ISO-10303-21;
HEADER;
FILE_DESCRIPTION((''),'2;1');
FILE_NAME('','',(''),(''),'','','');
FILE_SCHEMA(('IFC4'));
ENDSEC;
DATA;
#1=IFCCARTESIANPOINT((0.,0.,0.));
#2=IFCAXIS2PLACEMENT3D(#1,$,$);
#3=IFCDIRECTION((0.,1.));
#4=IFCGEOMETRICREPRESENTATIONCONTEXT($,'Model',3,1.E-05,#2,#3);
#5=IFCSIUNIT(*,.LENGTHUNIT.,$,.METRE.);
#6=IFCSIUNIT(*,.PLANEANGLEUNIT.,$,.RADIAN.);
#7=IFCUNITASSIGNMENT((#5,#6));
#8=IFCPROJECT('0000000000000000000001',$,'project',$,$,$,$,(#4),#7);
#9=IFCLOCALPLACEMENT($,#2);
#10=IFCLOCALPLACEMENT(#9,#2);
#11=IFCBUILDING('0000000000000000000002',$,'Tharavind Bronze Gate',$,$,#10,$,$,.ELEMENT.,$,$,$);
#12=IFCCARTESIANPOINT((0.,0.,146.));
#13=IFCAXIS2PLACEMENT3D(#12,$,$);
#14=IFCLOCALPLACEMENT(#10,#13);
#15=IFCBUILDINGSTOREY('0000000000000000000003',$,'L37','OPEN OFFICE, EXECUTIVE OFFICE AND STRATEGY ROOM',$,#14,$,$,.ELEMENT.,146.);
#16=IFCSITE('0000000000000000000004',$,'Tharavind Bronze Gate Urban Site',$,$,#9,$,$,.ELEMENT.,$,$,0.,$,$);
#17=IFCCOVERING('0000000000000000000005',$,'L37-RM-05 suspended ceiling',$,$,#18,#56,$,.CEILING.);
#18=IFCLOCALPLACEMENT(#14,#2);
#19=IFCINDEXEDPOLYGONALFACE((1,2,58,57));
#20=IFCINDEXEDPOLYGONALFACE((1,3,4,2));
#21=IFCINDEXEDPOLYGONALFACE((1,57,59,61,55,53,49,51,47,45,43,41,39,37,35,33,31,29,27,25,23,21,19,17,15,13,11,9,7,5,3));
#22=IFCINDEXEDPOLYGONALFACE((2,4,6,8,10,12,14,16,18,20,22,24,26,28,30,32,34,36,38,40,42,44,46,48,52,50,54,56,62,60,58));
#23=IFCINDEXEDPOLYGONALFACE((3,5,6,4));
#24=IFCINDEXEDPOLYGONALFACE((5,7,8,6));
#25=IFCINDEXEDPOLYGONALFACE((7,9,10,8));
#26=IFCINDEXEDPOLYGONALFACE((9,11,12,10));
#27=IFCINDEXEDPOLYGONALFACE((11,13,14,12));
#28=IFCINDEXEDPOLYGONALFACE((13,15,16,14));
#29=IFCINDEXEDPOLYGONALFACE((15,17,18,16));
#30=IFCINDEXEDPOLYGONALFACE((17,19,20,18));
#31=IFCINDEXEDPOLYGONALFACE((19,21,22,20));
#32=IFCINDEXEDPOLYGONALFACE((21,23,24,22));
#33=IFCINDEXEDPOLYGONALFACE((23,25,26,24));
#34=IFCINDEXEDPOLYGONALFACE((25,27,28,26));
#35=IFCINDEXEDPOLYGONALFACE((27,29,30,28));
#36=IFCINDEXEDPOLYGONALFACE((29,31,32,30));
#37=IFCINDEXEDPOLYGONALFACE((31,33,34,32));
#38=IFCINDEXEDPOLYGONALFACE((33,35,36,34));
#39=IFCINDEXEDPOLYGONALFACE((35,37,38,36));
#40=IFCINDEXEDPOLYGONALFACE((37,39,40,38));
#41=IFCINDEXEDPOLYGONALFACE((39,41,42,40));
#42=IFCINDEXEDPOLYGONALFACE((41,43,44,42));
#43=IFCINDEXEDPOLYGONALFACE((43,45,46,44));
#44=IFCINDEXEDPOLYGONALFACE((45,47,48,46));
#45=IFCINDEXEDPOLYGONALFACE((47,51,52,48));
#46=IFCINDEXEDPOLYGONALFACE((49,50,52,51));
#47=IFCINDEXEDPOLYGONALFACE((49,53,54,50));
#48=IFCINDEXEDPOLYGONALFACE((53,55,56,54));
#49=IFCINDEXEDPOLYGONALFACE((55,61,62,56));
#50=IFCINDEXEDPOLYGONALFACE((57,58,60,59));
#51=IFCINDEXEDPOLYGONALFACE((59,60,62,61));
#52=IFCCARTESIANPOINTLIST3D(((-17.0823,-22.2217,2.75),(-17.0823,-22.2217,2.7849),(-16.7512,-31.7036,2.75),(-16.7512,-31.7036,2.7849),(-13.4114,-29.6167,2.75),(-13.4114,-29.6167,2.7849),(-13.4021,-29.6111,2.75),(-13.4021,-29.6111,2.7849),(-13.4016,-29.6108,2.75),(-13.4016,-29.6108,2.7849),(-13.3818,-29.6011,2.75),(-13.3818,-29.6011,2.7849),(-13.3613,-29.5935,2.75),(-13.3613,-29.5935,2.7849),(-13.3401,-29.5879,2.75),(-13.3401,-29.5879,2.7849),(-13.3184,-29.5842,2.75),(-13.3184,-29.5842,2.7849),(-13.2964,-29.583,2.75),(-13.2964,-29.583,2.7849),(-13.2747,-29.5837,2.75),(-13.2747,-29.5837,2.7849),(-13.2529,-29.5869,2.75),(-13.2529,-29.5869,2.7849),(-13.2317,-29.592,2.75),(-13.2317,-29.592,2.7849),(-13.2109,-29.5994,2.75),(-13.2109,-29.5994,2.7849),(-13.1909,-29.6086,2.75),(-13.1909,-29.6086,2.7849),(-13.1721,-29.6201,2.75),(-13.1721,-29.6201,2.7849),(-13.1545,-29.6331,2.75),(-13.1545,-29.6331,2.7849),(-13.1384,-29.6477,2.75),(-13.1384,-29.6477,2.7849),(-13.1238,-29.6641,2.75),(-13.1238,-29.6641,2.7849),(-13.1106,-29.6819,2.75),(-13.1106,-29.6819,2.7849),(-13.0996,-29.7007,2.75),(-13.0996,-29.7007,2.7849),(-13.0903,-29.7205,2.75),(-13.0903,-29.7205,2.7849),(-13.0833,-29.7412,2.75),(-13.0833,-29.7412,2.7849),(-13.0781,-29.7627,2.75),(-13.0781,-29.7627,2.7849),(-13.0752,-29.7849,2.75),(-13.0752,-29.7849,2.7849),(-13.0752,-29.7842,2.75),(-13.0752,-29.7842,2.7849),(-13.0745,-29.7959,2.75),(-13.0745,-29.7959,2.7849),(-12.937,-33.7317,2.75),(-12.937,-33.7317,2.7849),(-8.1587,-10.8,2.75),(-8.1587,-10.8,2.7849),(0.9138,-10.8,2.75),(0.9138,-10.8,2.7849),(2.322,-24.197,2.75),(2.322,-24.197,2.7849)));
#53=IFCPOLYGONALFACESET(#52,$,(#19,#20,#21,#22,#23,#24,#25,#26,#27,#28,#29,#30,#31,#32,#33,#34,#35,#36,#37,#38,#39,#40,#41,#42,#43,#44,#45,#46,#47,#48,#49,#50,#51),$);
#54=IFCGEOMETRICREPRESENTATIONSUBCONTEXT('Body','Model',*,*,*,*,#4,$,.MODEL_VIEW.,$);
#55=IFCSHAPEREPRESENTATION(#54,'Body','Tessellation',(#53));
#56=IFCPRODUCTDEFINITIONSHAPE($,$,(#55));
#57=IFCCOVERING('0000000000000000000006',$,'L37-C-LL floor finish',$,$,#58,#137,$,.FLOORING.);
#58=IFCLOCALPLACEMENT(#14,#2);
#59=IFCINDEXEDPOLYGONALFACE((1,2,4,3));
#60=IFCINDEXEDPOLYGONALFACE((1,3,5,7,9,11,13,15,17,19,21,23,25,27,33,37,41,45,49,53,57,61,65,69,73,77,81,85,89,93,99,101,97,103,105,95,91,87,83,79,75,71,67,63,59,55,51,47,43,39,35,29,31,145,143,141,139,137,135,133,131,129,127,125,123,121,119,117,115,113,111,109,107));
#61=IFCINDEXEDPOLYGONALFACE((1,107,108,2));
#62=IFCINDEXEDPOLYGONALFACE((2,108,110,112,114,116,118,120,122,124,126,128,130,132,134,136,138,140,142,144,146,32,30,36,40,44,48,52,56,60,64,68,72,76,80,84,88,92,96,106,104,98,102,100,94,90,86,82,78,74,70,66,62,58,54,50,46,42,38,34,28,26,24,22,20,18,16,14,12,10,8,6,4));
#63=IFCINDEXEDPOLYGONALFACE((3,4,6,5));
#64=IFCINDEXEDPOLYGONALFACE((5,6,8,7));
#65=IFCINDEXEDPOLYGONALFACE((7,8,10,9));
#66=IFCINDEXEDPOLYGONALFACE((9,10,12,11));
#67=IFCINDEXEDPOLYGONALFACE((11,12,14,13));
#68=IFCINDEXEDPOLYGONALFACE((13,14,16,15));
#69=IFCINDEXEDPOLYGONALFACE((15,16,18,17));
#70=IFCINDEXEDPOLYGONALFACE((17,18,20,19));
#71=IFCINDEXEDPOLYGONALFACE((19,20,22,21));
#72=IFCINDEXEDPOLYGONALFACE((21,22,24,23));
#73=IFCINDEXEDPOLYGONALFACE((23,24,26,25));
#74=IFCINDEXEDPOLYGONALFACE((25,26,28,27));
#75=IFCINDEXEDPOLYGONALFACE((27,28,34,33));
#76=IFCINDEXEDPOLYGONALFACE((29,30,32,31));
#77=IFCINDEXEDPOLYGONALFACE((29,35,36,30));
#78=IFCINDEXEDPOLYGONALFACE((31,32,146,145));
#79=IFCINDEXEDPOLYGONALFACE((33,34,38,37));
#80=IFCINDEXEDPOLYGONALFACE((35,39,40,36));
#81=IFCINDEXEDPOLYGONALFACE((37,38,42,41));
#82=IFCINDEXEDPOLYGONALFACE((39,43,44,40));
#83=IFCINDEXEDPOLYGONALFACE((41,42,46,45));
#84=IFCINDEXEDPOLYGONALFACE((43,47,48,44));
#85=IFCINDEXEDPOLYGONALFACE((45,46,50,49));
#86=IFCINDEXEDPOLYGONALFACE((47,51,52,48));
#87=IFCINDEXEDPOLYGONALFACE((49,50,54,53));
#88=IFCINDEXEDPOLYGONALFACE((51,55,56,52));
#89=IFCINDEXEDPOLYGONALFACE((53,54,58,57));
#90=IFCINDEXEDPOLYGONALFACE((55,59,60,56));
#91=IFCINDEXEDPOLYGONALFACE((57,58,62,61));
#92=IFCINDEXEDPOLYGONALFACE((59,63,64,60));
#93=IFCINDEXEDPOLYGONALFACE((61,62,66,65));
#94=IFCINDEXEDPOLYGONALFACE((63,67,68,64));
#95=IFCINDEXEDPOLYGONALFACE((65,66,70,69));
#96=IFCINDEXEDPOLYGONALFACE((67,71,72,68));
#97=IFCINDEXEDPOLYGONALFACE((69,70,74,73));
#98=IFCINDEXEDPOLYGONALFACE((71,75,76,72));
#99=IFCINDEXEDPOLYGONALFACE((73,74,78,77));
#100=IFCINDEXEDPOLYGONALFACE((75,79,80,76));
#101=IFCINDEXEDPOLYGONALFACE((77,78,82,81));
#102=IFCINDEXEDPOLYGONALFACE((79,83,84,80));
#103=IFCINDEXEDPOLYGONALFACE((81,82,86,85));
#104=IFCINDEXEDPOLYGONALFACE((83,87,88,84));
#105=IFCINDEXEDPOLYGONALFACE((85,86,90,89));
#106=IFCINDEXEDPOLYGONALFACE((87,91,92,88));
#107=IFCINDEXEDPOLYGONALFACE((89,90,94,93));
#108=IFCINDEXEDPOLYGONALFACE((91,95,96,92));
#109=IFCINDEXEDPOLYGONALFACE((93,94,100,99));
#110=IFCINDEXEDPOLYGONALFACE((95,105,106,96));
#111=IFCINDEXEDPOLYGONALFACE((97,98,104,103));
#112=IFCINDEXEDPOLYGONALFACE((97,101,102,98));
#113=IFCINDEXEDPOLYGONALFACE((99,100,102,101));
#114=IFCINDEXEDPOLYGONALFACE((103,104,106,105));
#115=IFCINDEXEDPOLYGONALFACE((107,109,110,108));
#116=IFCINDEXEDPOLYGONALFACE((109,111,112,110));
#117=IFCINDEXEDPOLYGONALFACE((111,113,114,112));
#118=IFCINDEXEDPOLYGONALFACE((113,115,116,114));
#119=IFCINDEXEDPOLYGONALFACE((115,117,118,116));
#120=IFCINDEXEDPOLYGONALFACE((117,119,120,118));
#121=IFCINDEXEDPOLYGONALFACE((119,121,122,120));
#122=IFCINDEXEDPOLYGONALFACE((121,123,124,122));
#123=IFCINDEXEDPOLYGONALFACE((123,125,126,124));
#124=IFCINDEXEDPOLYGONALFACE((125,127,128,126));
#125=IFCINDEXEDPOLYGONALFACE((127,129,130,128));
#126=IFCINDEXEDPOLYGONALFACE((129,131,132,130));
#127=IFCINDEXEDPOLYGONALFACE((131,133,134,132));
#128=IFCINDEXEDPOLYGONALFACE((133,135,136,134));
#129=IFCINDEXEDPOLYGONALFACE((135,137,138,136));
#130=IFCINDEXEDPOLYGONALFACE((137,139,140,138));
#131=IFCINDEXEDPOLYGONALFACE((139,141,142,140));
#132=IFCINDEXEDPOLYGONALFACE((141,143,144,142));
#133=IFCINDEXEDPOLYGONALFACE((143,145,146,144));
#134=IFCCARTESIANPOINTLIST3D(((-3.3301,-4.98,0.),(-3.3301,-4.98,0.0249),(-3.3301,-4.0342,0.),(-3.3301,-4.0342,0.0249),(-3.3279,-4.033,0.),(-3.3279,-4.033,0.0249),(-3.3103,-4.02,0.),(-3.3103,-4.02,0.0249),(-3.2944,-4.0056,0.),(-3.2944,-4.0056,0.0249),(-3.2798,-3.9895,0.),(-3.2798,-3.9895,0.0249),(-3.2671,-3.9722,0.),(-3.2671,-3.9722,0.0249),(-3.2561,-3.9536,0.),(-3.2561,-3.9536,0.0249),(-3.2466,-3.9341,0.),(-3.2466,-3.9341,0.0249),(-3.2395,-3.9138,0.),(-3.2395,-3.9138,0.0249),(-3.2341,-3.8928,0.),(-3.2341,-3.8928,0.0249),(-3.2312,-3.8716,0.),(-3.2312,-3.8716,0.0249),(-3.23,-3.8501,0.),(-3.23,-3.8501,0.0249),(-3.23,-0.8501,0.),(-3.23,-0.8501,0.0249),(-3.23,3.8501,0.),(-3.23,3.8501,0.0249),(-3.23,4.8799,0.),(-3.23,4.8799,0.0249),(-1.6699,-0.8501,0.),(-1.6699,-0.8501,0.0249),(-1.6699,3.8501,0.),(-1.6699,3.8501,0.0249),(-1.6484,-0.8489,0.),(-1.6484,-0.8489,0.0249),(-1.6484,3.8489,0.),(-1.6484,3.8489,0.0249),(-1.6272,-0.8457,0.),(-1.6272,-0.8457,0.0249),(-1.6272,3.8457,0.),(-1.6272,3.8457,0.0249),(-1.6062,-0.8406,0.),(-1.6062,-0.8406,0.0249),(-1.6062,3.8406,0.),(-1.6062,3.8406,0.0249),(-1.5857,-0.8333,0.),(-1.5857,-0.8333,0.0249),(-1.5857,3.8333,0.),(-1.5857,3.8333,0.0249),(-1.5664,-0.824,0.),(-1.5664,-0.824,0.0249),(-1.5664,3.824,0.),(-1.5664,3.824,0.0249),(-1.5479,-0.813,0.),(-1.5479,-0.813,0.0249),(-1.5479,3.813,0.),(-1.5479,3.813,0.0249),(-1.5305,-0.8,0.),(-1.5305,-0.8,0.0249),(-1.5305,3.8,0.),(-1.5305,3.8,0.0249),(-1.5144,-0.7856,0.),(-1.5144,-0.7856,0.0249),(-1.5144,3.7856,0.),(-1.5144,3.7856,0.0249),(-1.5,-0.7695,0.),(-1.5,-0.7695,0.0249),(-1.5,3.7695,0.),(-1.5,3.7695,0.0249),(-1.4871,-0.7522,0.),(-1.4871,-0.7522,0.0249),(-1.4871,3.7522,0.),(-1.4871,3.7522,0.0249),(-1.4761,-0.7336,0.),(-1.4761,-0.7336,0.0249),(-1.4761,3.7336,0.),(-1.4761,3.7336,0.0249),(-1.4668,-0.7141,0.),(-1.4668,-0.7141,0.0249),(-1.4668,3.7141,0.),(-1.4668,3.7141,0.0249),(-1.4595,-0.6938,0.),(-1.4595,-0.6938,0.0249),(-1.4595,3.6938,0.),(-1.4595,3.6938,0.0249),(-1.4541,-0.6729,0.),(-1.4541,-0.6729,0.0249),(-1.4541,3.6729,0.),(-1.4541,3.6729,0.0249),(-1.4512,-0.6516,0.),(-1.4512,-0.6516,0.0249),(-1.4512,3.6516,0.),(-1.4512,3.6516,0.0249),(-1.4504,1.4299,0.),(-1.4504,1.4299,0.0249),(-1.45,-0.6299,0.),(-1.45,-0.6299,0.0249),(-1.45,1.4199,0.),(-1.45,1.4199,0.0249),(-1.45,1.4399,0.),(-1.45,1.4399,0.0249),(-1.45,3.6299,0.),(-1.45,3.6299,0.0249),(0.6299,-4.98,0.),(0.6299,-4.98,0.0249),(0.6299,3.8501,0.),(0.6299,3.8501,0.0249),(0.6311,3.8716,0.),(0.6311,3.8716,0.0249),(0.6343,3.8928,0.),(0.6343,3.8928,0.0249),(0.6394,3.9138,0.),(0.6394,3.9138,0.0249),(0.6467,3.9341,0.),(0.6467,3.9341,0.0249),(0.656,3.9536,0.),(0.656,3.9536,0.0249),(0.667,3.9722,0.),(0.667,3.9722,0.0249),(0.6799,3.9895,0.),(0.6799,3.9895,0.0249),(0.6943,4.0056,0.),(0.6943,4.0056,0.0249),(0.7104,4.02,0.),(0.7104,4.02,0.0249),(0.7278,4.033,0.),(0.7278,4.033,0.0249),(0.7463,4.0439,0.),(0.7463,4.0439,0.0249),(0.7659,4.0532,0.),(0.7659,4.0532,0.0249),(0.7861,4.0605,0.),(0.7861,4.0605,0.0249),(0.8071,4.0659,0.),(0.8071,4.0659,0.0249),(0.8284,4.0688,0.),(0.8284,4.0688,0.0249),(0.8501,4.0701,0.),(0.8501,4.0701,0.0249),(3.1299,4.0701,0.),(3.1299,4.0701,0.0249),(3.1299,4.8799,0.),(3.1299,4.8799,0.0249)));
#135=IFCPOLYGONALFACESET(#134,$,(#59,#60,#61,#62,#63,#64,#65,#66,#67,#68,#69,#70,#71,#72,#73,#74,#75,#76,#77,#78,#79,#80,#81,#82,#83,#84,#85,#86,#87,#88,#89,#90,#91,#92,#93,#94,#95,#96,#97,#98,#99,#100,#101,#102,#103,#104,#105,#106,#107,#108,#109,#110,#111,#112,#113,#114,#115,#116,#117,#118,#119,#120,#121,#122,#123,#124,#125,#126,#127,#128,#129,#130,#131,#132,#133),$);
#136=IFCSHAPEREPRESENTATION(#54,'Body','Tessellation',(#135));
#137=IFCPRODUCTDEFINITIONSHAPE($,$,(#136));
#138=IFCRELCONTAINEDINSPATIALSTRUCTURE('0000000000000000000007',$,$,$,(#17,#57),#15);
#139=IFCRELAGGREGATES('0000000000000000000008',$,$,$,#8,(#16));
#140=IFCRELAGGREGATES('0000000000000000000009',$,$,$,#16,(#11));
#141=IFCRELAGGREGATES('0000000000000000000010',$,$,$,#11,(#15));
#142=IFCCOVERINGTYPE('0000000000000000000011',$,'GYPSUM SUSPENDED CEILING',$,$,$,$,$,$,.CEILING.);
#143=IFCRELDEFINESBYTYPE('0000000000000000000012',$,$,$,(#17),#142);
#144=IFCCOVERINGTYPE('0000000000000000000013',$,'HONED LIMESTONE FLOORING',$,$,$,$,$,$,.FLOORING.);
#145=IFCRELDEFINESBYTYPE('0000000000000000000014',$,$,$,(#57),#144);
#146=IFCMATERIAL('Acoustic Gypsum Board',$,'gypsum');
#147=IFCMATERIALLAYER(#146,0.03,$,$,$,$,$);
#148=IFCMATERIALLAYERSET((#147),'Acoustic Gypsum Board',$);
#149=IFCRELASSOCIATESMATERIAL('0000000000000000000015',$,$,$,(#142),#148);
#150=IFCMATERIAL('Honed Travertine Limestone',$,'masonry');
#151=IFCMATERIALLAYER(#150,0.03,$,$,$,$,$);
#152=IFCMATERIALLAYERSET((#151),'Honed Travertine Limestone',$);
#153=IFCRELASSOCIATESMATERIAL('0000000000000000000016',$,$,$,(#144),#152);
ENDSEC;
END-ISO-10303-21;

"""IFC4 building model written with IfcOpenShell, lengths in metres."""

from ifc_helpers import new_model, si_unit, direction, frame, origin, place, context, subcontext, project, spatial, polyline, outline, extrude, material, layer, layer_set, type_object, element, save


model = new_model("IFC4")

# Units and contexts
model_context = context("Model", 3, precision=1e-05, world=origin(), true_north=direction((0.0, 1.0)))
body_context = subcontext(model_context, "Body", "Model", "MODEL_VIEW")
ifc_project = project(units=[si_unit("LENGTHUNIT", "METRE"), si_unit("PLANEANGLEUNIT", "RADIAN")], contexts=[model_context])

# Site, building, storey
site_placement = place(None, origin())
site = spatial("IfcSite", under=ifc_project, at=site_placement, Name="Tharavind Bronze Gate Urban Site", CompositionType="ELEMENT", RefElevation=0.0)
building_placement = place(site_placement, origin())
building = spatial("IfcBuilding", under=site, at=building_placement, Name="Tharavind Bronze Gate", CompositionType="ELEMENT")
storey_placement = place(building_placement, frame((0.0, 0.0, 146.0)))
storey = spatial("IfcBuildingStorey", under=building, at=storey_placement, Name="L37", Description="OPEN OFFICE, EXECUTIVE OFFICE AND STRATEGY ROOM", CompositionType="ELEMENT", Elevation=146.0)

# Coverings
ifc_material_1 = material(Name="Acoustic Gypsum Board", Category="gypsum")
ifc_layer_1 = layer(ifc_material_1, 0.03)
ifc_layer_set_1 = layer_set([ifc_layer_1], Name="Acoustic Gypsum Board")
covering_type_1 = type_object("IfcCoveringType", Name="GYPSUM SUSPENDED CEILING", PredefinedType="CEILING", material=ifc_layer_set_1)
covering_1_placement = place(storey_placement, frame((0.0, 0.0, 2.75)))
element("IfcCovering", 1, at=covering_1_placement, inside=storey, type_object=covering_type_1, Name="L37-RM-05 suspended ceiling", PredefinedType="CEILING", context=body_context, shape_type="SweptSolid", body=[
    extrude(outline(polyline([(-16.7512, -31.7036), (-13.4114, -29.6167), (-13.4021, -29.6111), (-13.4016, -29.6108), (-13.3818, -29.6011), (-13.3613, -29.5935), (-13.3401, -29.5879), (-13.3184, -29.5842), (-13.2964, -29.583), (-13.2747, -29.5837), (-13.2529, -29.5869), (-13.2317, -29.592), (-13.2109, -29.5994), (-13.1909, -29.6086), (-13.1721, -29.6201), (-13.1545, -29.6331), (-13.1384, -29.6477), (-13.1238, -29.6641), (-13.1106, -29.6819), (-13.0996, -29.7007), (-13.0903, -29.7205), (-13.0833, -29.7412), (-13.0781, -29.7627), (-13.0752, -29.7842), (-13.0752, -29.7849), (-13.0745, -29.7959), (-12.937, -33.7317), (2.322, -24.197), (0.9138, -10.8), (-8.1587, -10.8), (-17.0823, -22.2217), (-16.7512, -31.7036)])), origin(), (0.0, 0.0, 1.0), 0.0349),
])
ifc_material_2 = material(Name="Honed Travertine Limestone", Category="masonry")
ifc_layer_2 = layer(ifc_material_2, 0.03)
ifc_layer_set_2 = layer_set([ifc_layer_2], Name="Honed Travertine Limestone")
covering_type_2 = type_object("IfcCoveringType", Name="HONED LIMESTONE FLOORING", PredefinedType="FLOORING", material=ifc_layer_set_2)
covering_2_placement = place(storey_placement, origin())
element("IfcCovering", 2, at=covering_2_placement, inside=storey, type_object=covering_type_2, Name="L37-C-LL floor finish", PredefinedType="FLOORING", context=body_context, shape_type="SweptSolid", body=[
    extrude(outline(polyline([(-3.3301, -4.98), (0.6299, -4.98), (0.6299, 3.8501), (0.6311, 3.8716), (0.6343, 3.8928), (0.6394, 3.9138), (0.6467, 3.9341), (0.656, 3.9536), (0.667, 3.9722), (0.6799, 3.9895), (0.6943, 4.0056), (0.7104, 4.02), (0.7278, 4.033), (0.7463, 4.0439), (0.7659, 4.0532), (0.7861, 4.0605), (0.8071, 4.0659), (0.8284, 4.0688), (0.8501, 4.0701), (3.1299, 4.0701), (3.1299, 4.8799), (-3.23, 4.8799), (-3.23, 3.8501), (-1.6699, 3.8501), (-1.6484, 3.8489), (-1.6272, 3.8457), (-1.6062, 3.8406), (-1.5857, 3.8333), (-1.5664, 3.824), (-1.5479, 3.813), (-1.5305, 3.8), (-1.5144, 3.7856), (-1.5, 3.7695), (-1.4871, 3.7522), (-1.4761, 3.7336), (-1.4668, 3.7141), (-1.4595, 3.6938), (-1.4541, 3.6729), (-1.4512, 3.6516), (-1.45, 3.6299), (-1.45, 1.4399), (-1.4504, 1.4299), (-1.45, 1.4199), (-1.45, -0.6299), (-1.4512, -0.6516), (-1.4541, -0.6729), (-1.4595, -0.6938), (-1.4668, -0.7141), (-1.4761, -0.7336), (-1.4871, -0.7522), (-1.5, -0.7695), (-1.5144, -0.7856), (-1.5305, -0.8), (-1.5479, -0.813), (-1.5664, -0.824), (-1.5857, -0.8333), (-1.6062, -0.8406), (-1.6272, -0.8457), (-1.6484, -0.8489), (-1.6699, -0.8501), (-3.23, -0.8501), (-3.23, -3.8501), (-3.2312, -3.8716), (-3.2341, -3.8928), (-3.2395, -3.9138), (-3.2466, -3.9341), (-3.2561, -3.9536), (-3.2671, -3.9722), (-3.2798, -3.9895), (-3.2944, -4.0056), (-3.3103, -4.02), (-3.3279, -4.033), (-3.3301, -4.0342), (-3.3301, -4.98)])), origin(), (0.0, 0.0, 1.0), 0.0249),
])

save(model, "model.ifc")
